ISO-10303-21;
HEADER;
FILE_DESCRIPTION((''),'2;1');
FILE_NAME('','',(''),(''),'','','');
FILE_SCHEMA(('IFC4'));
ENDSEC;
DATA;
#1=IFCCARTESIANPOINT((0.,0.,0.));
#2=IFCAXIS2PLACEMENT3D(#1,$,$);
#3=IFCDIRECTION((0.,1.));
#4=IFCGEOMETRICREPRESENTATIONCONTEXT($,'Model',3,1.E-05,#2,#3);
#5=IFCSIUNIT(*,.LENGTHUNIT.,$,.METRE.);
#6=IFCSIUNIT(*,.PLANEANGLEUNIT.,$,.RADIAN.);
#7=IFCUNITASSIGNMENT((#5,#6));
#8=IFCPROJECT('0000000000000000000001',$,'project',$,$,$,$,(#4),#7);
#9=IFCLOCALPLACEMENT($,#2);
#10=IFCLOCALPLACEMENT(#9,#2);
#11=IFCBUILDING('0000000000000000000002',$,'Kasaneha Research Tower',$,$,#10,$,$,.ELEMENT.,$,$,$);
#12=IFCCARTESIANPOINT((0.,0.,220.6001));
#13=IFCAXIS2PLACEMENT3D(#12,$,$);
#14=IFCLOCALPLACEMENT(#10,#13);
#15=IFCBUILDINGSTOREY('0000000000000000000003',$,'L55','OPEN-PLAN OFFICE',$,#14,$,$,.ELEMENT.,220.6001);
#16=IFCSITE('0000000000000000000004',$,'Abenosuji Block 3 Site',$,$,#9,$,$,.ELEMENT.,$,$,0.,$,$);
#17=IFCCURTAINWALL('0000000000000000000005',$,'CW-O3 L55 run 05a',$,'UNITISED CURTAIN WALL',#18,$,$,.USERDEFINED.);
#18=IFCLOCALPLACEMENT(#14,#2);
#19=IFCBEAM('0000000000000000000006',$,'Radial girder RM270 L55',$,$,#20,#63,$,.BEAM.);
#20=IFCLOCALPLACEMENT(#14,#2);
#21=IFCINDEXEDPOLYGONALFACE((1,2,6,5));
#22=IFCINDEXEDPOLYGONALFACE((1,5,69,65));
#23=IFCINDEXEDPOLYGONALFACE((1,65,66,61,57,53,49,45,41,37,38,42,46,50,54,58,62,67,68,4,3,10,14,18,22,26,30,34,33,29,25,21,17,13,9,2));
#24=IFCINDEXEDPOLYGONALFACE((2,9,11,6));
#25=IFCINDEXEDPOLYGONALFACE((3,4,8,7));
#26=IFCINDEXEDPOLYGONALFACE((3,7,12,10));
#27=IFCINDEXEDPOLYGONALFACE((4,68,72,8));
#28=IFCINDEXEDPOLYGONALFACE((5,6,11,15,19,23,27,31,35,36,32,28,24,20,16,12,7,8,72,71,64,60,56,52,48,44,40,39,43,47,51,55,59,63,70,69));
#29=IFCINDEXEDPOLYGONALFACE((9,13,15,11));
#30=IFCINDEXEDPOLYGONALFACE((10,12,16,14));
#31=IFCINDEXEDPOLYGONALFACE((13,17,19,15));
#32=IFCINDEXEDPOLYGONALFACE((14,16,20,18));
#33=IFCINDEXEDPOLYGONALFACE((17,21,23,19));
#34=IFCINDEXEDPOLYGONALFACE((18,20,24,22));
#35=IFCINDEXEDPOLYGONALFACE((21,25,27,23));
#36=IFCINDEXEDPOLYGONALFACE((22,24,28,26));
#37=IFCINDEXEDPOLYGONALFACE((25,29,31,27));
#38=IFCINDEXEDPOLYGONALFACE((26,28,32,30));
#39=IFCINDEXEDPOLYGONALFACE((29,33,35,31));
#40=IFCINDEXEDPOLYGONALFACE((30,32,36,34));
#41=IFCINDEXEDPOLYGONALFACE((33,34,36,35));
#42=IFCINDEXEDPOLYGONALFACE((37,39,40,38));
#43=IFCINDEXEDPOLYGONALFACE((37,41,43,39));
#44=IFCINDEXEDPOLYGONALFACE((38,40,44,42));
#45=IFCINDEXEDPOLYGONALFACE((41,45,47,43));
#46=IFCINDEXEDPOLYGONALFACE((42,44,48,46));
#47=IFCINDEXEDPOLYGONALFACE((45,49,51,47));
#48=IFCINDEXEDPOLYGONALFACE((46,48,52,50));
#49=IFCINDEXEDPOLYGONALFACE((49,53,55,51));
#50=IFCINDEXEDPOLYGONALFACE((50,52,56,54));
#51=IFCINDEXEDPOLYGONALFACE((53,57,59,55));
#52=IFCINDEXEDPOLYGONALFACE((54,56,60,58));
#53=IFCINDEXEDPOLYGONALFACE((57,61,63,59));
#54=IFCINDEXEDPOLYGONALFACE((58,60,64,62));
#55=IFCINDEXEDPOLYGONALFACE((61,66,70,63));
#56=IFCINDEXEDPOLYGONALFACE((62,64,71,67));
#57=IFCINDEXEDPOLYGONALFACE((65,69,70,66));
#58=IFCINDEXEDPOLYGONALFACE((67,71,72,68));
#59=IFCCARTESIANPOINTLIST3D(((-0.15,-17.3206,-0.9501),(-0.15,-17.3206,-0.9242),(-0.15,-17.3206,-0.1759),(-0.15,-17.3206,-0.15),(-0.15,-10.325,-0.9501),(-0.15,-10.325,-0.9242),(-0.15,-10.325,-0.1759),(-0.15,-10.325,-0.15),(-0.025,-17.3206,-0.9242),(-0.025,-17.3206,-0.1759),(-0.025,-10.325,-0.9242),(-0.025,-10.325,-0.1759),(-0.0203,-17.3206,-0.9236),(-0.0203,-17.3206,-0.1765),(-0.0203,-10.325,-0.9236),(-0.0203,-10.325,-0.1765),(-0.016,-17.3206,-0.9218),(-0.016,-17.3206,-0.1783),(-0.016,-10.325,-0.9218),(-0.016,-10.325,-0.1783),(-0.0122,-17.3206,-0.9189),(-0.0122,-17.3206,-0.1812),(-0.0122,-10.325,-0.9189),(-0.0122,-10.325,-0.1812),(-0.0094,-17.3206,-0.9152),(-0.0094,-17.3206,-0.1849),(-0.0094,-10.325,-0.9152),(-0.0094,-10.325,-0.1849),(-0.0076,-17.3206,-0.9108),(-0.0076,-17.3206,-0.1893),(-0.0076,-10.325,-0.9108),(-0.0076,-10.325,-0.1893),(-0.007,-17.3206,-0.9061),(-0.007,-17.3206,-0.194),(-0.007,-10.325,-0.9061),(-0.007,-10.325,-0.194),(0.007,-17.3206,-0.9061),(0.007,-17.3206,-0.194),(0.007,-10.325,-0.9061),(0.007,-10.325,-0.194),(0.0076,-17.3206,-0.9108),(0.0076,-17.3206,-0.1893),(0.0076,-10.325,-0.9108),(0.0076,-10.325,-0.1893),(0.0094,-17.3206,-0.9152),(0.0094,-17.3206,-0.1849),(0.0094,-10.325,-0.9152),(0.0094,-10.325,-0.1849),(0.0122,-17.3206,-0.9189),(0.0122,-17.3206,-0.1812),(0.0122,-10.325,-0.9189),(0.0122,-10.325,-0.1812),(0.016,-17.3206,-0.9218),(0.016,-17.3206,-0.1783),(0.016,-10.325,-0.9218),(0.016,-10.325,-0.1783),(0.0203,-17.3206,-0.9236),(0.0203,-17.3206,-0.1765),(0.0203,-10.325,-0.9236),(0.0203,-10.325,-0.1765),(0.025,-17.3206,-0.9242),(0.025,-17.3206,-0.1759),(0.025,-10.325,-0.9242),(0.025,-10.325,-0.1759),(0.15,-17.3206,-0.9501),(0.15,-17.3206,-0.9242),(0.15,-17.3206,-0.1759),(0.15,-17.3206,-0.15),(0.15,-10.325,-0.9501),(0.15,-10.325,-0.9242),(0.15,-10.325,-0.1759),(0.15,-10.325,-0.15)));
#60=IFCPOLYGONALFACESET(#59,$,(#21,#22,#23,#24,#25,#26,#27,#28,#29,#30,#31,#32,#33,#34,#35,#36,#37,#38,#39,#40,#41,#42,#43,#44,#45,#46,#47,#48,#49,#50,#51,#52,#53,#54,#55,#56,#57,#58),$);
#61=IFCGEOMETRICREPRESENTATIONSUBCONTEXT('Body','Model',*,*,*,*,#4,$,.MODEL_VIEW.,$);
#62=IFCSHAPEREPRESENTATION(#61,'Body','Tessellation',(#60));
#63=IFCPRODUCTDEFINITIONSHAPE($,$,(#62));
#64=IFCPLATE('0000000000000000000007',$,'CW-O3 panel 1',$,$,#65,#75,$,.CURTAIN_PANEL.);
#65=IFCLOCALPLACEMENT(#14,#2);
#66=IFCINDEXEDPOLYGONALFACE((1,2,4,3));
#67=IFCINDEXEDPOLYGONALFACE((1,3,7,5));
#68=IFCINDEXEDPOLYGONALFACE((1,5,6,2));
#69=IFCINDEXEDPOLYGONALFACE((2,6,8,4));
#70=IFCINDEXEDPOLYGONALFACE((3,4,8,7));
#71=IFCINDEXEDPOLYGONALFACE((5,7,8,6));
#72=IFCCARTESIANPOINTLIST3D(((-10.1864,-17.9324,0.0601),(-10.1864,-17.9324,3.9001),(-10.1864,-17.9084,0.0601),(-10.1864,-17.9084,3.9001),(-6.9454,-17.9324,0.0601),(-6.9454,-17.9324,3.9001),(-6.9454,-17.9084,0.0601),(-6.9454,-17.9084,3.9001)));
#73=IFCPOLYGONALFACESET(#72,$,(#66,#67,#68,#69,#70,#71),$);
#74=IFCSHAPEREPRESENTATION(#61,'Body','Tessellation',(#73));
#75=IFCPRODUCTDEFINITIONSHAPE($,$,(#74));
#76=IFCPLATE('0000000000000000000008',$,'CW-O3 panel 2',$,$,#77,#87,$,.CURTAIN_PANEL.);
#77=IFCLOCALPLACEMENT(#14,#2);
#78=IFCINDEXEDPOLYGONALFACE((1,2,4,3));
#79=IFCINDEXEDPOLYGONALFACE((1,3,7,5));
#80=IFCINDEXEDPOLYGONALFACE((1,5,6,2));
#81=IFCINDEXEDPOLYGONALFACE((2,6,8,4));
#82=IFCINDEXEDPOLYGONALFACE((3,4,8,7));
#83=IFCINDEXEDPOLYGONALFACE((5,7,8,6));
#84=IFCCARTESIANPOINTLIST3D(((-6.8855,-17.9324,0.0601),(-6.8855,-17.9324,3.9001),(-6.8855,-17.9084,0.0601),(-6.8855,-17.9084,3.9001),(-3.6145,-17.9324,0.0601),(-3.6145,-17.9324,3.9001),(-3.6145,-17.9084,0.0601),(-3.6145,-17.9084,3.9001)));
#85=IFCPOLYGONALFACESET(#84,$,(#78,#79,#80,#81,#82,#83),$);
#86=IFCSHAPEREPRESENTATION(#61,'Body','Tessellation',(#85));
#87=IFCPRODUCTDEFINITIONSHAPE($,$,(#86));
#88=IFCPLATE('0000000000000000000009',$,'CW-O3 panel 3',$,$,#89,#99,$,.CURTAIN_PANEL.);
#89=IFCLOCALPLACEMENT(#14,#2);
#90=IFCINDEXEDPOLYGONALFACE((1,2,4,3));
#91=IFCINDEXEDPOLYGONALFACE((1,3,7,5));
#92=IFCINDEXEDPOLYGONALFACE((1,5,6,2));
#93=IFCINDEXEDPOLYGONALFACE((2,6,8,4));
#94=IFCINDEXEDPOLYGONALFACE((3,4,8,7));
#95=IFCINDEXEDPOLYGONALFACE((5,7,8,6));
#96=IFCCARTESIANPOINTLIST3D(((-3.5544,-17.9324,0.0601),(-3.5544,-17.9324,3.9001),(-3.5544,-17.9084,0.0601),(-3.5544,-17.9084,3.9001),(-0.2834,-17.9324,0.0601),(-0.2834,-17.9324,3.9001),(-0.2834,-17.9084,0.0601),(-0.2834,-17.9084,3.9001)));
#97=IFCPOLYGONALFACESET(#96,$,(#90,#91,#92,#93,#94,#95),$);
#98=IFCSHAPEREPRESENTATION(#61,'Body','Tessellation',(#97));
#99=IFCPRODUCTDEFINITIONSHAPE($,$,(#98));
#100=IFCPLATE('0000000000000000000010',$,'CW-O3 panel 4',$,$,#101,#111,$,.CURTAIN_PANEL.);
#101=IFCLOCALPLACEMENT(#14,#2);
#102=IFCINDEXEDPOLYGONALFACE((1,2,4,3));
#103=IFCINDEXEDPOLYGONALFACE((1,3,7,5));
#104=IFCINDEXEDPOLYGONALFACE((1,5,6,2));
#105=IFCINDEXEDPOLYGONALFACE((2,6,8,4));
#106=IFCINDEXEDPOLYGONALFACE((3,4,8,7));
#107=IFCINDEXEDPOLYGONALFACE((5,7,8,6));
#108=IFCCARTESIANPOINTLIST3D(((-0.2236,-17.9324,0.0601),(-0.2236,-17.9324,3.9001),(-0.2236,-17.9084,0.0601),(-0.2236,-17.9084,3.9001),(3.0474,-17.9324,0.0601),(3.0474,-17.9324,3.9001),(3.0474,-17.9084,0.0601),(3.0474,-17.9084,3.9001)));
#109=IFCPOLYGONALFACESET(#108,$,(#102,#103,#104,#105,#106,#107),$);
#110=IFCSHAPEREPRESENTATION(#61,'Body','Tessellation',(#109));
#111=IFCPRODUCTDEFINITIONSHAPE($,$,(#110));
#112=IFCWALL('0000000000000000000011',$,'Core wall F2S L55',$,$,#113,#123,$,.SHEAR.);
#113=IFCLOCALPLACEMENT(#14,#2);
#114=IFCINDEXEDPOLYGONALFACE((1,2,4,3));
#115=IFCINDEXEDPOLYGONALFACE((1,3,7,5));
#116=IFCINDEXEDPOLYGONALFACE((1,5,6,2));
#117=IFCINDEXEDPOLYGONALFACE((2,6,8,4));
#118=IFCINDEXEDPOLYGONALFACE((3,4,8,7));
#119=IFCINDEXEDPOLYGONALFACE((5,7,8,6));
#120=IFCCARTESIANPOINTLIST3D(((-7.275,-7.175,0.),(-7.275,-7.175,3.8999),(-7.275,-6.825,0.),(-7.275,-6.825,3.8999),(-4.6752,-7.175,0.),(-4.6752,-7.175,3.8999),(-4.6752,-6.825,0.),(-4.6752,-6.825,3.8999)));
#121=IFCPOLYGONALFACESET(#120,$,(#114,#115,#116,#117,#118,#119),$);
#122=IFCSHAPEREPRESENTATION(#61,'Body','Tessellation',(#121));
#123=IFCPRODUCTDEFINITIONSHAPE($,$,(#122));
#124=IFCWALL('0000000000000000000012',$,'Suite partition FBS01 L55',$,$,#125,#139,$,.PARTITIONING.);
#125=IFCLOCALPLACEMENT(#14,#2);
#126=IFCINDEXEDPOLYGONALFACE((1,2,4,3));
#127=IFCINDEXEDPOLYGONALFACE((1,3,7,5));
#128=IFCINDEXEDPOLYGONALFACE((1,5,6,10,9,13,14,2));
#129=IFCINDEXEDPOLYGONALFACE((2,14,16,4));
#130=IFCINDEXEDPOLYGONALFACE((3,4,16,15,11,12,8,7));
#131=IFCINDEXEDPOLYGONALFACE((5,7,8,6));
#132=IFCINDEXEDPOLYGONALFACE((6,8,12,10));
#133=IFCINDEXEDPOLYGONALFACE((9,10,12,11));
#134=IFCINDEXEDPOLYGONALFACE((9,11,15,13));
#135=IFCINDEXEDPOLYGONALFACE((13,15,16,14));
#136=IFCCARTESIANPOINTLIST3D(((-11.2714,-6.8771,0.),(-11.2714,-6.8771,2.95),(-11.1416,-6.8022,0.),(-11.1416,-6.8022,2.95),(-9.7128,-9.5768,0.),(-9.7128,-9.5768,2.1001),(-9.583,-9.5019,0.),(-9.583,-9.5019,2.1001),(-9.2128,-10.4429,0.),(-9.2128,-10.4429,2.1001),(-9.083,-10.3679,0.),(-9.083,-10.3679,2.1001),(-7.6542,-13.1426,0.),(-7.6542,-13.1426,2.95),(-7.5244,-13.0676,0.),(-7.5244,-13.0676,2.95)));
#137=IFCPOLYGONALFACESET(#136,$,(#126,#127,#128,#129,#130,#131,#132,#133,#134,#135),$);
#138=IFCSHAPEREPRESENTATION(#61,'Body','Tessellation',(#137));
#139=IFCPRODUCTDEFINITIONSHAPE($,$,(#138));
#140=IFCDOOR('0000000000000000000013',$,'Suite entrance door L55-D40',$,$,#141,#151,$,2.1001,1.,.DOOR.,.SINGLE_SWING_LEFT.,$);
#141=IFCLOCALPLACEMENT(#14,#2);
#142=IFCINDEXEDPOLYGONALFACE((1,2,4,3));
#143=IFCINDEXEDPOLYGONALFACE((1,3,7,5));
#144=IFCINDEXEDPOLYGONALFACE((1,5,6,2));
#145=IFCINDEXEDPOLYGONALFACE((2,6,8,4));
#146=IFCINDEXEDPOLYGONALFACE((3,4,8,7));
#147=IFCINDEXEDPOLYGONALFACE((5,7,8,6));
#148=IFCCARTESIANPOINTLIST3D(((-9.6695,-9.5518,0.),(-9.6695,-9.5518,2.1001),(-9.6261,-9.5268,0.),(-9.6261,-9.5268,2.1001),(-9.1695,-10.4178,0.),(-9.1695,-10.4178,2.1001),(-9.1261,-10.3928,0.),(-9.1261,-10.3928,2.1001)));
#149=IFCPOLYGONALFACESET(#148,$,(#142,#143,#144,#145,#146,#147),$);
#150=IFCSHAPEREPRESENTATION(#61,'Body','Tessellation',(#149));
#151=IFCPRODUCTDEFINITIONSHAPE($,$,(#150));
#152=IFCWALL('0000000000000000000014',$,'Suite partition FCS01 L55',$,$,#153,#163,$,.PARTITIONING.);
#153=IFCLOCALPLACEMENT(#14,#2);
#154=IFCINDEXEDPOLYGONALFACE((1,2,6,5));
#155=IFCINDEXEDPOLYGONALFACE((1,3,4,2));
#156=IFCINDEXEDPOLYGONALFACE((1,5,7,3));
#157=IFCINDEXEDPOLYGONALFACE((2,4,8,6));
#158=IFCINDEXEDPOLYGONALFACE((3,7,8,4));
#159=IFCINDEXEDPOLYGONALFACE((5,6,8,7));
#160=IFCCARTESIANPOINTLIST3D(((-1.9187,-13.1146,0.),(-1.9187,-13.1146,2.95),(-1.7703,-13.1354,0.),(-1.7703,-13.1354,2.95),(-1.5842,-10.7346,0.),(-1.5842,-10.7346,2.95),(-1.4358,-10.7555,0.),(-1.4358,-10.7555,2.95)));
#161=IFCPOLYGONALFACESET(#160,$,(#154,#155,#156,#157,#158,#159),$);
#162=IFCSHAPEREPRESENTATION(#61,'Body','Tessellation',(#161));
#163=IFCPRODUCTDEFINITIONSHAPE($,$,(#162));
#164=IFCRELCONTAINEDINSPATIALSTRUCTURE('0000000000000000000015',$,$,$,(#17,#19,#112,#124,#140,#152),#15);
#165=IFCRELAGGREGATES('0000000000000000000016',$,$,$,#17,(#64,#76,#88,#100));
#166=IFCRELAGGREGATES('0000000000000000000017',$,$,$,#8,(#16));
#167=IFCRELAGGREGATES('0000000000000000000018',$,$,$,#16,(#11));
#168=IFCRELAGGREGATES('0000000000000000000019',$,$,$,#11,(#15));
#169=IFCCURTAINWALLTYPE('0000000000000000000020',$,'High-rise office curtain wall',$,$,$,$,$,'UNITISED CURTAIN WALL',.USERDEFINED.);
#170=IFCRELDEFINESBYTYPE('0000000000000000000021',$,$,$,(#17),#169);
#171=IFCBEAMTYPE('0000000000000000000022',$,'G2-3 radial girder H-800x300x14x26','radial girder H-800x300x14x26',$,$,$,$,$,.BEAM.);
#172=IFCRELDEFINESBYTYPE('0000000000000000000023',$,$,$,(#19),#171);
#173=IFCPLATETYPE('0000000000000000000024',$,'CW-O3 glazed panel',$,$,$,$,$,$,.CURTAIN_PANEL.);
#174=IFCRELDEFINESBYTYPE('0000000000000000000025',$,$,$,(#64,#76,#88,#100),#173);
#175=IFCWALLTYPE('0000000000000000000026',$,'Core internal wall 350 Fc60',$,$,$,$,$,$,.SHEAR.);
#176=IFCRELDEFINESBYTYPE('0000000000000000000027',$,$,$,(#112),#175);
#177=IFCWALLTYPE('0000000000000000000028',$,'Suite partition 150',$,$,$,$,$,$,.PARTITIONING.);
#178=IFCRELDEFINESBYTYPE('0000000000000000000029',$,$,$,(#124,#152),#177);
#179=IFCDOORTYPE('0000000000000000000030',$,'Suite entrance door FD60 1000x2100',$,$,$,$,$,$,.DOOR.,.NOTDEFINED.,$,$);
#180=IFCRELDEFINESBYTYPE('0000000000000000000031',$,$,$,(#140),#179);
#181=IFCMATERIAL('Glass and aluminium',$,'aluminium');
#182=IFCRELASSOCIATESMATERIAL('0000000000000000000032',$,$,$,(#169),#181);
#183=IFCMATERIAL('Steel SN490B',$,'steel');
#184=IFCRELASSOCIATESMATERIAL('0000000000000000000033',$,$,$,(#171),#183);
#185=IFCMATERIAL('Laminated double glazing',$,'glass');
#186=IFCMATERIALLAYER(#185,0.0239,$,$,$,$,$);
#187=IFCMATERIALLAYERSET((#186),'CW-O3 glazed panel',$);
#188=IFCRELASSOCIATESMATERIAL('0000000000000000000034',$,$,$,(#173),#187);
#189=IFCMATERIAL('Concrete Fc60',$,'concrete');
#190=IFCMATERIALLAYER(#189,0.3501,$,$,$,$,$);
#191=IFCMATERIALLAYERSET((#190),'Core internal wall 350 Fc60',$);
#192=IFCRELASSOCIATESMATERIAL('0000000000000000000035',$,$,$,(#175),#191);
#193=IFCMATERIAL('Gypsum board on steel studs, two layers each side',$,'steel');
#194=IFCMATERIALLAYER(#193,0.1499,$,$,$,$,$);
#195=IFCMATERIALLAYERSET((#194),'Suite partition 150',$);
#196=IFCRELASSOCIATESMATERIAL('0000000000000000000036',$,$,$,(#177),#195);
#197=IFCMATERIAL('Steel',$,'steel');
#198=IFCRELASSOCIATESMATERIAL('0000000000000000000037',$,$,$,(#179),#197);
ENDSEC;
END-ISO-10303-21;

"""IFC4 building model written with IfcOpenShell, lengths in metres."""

from ifc_helpers import new_model, si_unit, direction, frame, frame_2d, origin, origin_2d, place, context, subcontext, project, spatial, rectangle, i_section, extrude, material, layer, layer_set, material_profile, profile_set, type_object, element, fill, aggregate, save


model = new_model("IFC4")

# Units and contexts
model_context = context("Model", 3, precision=1e-05, world=origin(), true_north=direction((0.0, 1.0)))
body_context = subcontext(model_context, "Body", "Model", "MODEL_VIEW")
ifc_project = project(units=[si_unit("LENGTHUNIT", "METRE"), si_unit("PLANEANGLEUNIT", "RADIAN")], contexts=[model_context])

# Site, building, storey
site_placement = place(None, origin())
site = spatial("IfcSite", under=ifc_project, at=site_placement, Name="Abenosuji Block 3 Site", CompositionType="ELEMENT", RefElevation=0.0)
building_placement = place(site_placement, origin())
building = spatial("IfcBuilding", under=site, at=building_placement, Name="Kasaneha Research Tower", CompositionType="ELEMENT")
storey_placement = place(building_placement, frame((0.0, 0.0, 220.6001)))
storey = spatial("IfcBuildingStorey", under=building, at=storey_placement, Name="L55", Description="OPEN-PLAN OFFICE", CompositionType="ELEMENT", Elevation=220.6001)

# Curtain wall
ifc_material_1 = material(Name="Glass and aluminium", Category="aluminium")
curtain_wall_type = type_object("IfcCurtainWallType", Name="High-rise office curtain wall", ElementType="UNITISED CURTAIN WALL", PredefinedType="USERDEFINED", material=ifc_material_1)
curtain_wall_placement = place(storey_placement, origin())
curtain_wall = element("IfcCurtainWall", 1, at=curtain_wall_placement, inside=storey, type_object=curtain_wall_type, Name="CW-O3 L55 run 05a", ObjectType="UNITISED CURTAIN WALL", PredefinedType="USERDEFINED")

# Beam
ifc_material_2 = material(Name="Steel SN490B", Category="steel")
ifc_material_profile_1 = material_profile(ifc_material_2, i_section(OverallWidth=0.3, OverallDepth=0.8, WebThickness=0.0139, FlangeThickness=0.0259, FilletRadius=0.0181, at=origin_2d()), Name="H-800x300x14x26")
ifc_profile_set_1 = profile_set([ifc_material_profile_1], Name="Steel SN490B")
beam_type_1 = type_object("IfcBeamType", Name="G2-3 radial girder H-800x300x14x26", Description="radial girder H-800x300x14x26", PredefinedType="BEAM", material=ifc_profile_set_1)
beam_1_placement = place(storey_placement, frame((0.0, -10.325, -0.55), z_axis=(0.0, -1.0, 0.0), x_axis=(1.0, 0.0, 0.0)))
element("IfcBeam", 2, at=beam_1_placement, inside=storey, type_object=beam_type_1, Name="Radial girder RM270 L55", PredefinedType="BEAM", context=body_context, shape_type="SweptSolid", body=[
    extrude(i_section(OverallWidth=0.3, OverallDepth=0.8, WebThickness=0.0139, FlangeThickness=0.0259, FilletRadius=0.0181, at=origin_2d()), origin(), (0.0, 0.0, 1.0), 6.9956),
])

# Plates
ifc_material_3 = material(Name="Laminated double glazing", Category="glass")
ifc_layer_1 = layer(ifc_material_3, 0.0239)
ifc_layer_set_1 = layer_set([ifc_layer_1], Name="CW-O3 glazed panel")
plate_type = type_object("IfcPlateType", Name="CW-O3 glazed panel", PredefinedType="CURTAIN_PANEL", material=ifc_layer_set_1)
plate_1_placement = place(storey_placement, frame((-8.5659, -17.9204, 0.0601), z_axis=(0.0, 0.0, 1.0), x_axis=(1.0, 0.0, 0.0)))
plate_1 = element("IfcPlate", 3, at=plate_1_placement, type_object=plate_type, Name="CW-O3 panel 1", PredefinedType="CURTAIN_PANEL", context=body_context, shape_type="SweptSolid", body=[
    extrude(rectangle(XDim=3.241, YDim=0.0239, at=origin_2d()), origin(), (0.0, 0.0, 1.0), 3.8401),
])
plate_2_placement = place(storey_placement, frame((-5.25, -17.9204, 0.0601), z_axis=(0.0, 0.0, 1.0), x_axis=(1.0, 0.0, 0.0)))
plate_2 = element("IfcPlate", 4, at=plate_2_placement, type_object=plate_type, Name="CW-O3 panel 2", PredefinedType="CURTAIN_PANEL", context=body_context, shape_type="SweptSolid", body=[
    extrude(rectangle(XDim=3.271, YDim=0.0239, at=origin_2d()), origin(), (0.0, 0.0, 1.0), 3.8401),
])
plate_3_placement = place(storey_placement, frame((-1.9189, -17.9204, 0.0601), z_axis=(0.0, 0.0, 1.0), x_axis=(1.0, 0.0, 0.0)))
plate_3 = element("IfcPlate", 5, at=plate_3_placement, type_object=plate_type, Name="CW-O3 panel 3", PredefinedType="CURTAIN_PANEL", context=body_context, shape_type="SweptSolid", body=[
    extrude(rectangle(XDim=3.271, YDim=0.0239, at=origin_2d()), origin(), (0.0, 0.0, 1.0), 3.8401),
])
plate_4_placement = place(storey_placement, frame((1.4119, -17.9204, 0.0601), z_axis=(0.0, 0.0, 1.0), x_axis=(1.0, 0.0, 0.0)))
plate_4 = element("IfcPlate", 6, at=plate_4_placement, type_object=plate_type, Name="CW-O3 panel 4", PredefinedType="CURTAIN_PANEL", context=body_context, shape_type="SweptSolid", body=[
    extrude(rectangle(XDim=3.271, YDim=0.0239, at=origin_2d()), origin(), (0.0, 0.0, 1.0), 3.8401),
])
aggregate(curtain_wall, [plate_1, plate_2, plate_3, plate_4])

# Wall
ifc_material_4 = material(Name="Concrete Fc60", Category="concrete")
ifc_layer_2 = layer(ifc_material_4, 0.3501)
ifc_layer_set_2 = layer_set([ifc_layer_2], Name="Core internal wall 350 Fc60")
wall_type_1 = type_object("IfcWallType", Name="Core internal wall 350 Fc60", PredefinedType="SHEAR", material=ifc_layer_set_2)
wall_1_placement = place(storey_placement, frame((-7.2749, -7.0, 0.0), z_axis=(0.0, 0.0, 1.0), x_axis=(1.0, 0.0, 0.0)))
element("IfcWall", 7, at=wall_1_placement, inside=storey, type_object=wall_type_1, Name="Core wall F2S L55", PredefinedType="SHEAR", context=body_context, shape_type="SweptSolid", body=[
    extrude(rectangle(XDim=2.5999, YDim=0.3501, at=frame_2d((1.2998, 0.0))), origin(), (0.0, 0.0, 1.0), 3.8999),
])

# Wall, opening, door
ifc_material_5 = material(Name="Gypsum board on steel studs, two layers each side", Category="steel")
ifc_layer_3 = layer(ifc_material_5, 0.1499)
ifc_layer_set_3 = layer_set([ifc_layer_3], Name="Suite partition 150")
wall_type_2 = type_object("IfcWallType", Name="Suite partition 150", PredefinedType="PARTITIONING", material=ifc_layer_set_3)
wall_2_placement = place(storey_placement, frame((-7.5894, -13.105, 0.0), z_axis=(0.0, 0.0, 1.0), x_axis=(-0.499986, 0.866033, 0.0)))
wall_2 = element("IfcWall", 8, at=wall_2_placement, inside=storey, type_object=wall_type_2, Name="Suite partition FBS01 L55", PredefinedType="PARTITIONING", context=body_context, shape_type="SweptSolid", body=[
    extrude(rectangle(XDim=7.2346, YDim=0.1499, at=frame_2d((3.6172, 0.0))), origin(), (0.0, 0.0, 1.0), 2.95),
])
opening_1_placement = place(wall_2_placement, frame((3.1172, 0.0, 0.0)))
opening_1 = element("IfcOpeningElement", 9, at=opening_1_placement, cuts=wall_2, PredefinedType="OPENING", context=body_context, shape_type="SweptSolid", body=[
    extrude(rectangle(XDim=1.0, YDim=2.1001, at=frame_2d((0.5, 1.05))), frame((0.0, 0.085, 0.0), z_axis=(0.0, -1.0, 0.0), x_axis=(1.0, 0.0, 0.0)), (0.0, 0.0, 1.0), 0.1699),
])
ifc_material_6 = material(Name="Steel", Category="steel")
door_type_1 = type_object("IfcDoorType", Name="Suite entrance door FD60 1000x2100", OperationType="NOTDEFINED", PredefinedType="DOOR", material=ifc_material_6)
door_1_placement = place(opening_1_placement, origin())
door_1 = element("IfcDoor", 10, at=door_1_placement, inside=storey, type_object=door_type_1, Name="Suite entrance door L55-D40", OperationType="SINGLE_SWING_LEFT", OverallHeight=2.1001, OverallWidth=1.0, PredefinedType="DOOR", context=body_context, shape_type="SweptSolid", body=[
    extrude(rectangle(XDim=1.0, YDim=2.1001, at=frame_2d((0.5, 1.05))), frame((0.0, 0.0249, 0.0), z_axis=(0.0, -1.0, 0.0), x_axis=(1.0, 0.0, 0.0)), (0.0, 0.0, 1.0), 0.05),
])
fill(opening_1, door_1)

# Wall
wall_3_placement = place(storey_placement, frame((-1.8445, -13.125, 0.0), z_axis=(0.0, 0.0, 1.0), x_axis=(0.139174, 0.990268, 0.0)))
element("IfcWall", 11, at=wall_3_placement, inside=storey, type_object=wall_type_2, Name="Suite partition FCS01 L55", PredefinedType="PARTITIONING", context=body_context, shape_type="SweptSolid", body=[
    extrude(rectangle(XDim=2.4033, YDim=0.1499, at=frame_2d((1.2017, 0.0))), origin(), (0.0, 0.0, 1.0), 2.95),
])

save(model, "model.ifc")
